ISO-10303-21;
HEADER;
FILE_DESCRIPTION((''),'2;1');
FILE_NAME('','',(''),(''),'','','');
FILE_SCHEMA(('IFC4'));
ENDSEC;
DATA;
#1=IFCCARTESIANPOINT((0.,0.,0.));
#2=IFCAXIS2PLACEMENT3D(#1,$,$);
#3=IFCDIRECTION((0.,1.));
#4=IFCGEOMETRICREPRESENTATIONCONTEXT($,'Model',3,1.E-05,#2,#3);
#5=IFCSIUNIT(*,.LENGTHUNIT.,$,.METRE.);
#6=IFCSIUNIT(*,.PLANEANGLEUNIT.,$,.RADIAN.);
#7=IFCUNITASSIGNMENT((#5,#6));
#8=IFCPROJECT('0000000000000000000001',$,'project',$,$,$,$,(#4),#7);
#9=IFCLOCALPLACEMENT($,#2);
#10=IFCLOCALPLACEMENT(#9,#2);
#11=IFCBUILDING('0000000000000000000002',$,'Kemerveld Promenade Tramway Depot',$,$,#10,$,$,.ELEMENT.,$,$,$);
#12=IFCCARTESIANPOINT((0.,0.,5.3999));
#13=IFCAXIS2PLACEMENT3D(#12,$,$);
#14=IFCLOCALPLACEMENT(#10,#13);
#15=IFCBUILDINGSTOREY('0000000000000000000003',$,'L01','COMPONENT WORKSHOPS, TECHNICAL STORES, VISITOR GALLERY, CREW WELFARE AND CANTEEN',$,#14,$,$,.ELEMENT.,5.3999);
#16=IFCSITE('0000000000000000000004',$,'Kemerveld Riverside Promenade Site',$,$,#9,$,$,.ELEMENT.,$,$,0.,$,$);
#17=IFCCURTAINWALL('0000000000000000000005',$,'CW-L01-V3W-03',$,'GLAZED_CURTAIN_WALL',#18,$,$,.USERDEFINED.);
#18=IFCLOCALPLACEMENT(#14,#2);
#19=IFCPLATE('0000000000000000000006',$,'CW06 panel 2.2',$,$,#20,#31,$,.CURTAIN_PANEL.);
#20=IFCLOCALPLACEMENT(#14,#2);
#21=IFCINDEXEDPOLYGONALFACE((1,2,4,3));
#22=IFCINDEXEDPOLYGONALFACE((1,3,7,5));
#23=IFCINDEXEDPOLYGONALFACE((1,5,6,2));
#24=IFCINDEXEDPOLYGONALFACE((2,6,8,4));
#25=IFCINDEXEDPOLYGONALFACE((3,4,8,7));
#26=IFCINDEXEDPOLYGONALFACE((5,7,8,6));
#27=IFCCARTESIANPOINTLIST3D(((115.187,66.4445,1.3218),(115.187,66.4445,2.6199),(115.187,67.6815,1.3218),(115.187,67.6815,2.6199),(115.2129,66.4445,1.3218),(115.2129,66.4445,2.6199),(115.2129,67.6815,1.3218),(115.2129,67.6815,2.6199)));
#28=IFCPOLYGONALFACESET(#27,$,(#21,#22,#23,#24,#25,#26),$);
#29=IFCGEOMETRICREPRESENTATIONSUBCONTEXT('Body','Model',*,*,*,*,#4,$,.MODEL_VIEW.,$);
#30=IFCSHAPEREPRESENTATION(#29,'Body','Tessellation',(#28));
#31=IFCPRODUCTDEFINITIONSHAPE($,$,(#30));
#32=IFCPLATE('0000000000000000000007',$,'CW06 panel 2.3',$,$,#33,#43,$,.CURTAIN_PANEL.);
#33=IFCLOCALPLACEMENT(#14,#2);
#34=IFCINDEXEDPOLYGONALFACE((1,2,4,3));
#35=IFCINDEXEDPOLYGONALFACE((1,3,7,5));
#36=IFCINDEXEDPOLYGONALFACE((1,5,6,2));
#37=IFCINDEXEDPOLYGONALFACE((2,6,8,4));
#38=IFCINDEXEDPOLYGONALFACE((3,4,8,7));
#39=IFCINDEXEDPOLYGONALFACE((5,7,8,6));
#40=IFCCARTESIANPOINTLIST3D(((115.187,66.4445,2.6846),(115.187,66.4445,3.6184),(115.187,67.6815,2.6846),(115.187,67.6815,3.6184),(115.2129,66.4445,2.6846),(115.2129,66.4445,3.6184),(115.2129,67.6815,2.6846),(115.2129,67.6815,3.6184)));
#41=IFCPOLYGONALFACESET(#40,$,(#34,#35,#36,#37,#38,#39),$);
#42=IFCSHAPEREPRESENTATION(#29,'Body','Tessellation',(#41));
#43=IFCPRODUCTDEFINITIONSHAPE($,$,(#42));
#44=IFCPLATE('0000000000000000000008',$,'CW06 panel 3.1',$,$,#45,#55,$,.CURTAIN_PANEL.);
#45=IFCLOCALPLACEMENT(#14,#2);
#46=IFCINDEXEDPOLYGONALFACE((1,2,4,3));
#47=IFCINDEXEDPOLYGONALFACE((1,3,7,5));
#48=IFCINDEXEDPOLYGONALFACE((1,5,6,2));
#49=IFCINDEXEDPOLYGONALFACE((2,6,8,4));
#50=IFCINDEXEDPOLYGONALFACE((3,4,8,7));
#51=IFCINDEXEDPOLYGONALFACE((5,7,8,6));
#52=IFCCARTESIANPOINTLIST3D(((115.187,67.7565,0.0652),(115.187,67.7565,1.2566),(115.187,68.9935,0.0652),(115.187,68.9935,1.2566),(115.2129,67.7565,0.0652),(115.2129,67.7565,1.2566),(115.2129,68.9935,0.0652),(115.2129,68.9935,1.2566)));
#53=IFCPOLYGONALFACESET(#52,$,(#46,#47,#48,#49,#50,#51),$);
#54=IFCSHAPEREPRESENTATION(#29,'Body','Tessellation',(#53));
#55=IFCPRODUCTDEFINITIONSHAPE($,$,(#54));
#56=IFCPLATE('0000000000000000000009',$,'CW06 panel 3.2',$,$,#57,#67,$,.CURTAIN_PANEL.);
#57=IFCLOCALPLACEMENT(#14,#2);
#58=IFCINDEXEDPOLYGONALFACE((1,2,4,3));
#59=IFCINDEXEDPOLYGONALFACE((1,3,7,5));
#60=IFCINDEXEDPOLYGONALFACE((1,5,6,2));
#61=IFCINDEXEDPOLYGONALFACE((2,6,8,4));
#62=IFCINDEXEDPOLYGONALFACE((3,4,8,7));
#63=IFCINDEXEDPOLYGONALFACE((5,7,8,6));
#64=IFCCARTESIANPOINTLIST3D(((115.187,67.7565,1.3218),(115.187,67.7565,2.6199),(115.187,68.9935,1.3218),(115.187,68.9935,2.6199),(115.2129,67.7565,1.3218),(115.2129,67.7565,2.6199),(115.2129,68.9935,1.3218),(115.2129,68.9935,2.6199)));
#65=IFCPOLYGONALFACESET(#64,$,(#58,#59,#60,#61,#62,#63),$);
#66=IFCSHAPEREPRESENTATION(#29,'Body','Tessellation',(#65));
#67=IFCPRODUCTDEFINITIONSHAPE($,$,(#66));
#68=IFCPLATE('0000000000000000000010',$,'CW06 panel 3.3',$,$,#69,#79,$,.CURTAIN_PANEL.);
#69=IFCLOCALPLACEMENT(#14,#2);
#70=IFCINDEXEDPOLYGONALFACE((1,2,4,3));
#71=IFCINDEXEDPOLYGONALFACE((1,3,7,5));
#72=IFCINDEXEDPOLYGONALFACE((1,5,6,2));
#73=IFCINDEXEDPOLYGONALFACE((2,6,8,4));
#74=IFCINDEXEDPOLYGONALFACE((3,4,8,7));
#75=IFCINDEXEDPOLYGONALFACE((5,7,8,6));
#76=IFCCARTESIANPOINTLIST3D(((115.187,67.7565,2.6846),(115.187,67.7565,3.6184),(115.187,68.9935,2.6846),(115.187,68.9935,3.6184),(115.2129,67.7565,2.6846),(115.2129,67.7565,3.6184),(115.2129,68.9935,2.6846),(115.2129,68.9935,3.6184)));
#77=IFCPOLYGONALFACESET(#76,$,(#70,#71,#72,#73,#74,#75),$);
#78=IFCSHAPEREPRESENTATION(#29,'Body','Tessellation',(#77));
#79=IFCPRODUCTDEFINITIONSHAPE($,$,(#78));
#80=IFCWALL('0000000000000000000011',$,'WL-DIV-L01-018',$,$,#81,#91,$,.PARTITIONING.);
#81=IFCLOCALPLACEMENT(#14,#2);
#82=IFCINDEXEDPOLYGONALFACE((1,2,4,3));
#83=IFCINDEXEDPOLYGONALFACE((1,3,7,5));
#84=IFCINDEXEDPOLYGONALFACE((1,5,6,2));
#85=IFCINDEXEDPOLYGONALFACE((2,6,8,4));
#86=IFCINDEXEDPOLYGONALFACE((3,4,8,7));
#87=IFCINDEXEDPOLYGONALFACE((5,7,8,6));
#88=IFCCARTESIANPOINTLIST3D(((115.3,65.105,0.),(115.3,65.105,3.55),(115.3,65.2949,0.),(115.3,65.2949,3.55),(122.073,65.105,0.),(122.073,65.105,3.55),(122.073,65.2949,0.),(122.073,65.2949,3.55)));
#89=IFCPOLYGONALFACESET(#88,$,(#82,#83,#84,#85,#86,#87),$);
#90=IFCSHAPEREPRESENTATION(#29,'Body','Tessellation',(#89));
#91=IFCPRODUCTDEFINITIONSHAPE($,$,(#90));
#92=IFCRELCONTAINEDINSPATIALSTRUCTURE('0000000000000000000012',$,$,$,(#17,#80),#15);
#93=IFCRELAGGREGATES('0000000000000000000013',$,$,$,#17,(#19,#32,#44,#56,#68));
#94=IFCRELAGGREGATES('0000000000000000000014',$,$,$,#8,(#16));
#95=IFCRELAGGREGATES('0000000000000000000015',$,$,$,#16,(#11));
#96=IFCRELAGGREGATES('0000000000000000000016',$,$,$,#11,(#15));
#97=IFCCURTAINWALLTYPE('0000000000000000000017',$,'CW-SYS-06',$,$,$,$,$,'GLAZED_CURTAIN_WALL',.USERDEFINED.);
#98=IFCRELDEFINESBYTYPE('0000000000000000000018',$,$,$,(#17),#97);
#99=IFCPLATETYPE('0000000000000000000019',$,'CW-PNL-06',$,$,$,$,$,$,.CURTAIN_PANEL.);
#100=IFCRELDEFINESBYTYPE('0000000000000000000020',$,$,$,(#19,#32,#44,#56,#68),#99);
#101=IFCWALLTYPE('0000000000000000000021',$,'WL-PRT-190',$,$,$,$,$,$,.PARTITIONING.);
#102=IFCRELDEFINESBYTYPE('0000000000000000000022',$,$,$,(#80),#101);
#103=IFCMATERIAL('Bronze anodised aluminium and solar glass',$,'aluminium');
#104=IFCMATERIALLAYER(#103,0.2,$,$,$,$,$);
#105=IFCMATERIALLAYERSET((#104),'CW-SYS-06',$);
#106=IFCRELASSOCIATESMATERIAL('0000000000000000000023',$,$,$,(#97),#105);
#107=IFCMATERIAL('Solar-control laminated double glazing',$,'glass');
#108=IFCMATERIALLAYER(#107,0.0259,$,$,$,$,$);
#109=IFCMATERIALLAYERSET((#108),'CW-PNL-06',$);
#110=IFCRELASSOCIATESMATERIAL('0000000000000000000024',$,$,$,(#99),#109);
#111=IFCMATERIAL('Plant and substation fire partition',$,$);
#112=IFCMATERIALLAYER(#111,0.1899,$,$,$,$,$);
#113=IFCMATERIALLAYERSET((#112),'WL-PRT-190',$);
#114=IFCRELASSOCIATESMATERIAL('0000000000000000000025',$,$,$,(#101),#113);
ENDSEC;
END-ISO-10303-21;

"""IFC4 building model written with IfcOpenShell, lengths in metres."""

from ifc_helpers import new_model, si_unit, direction, frame, frame_2d, origin, origin_2d, place, context, subcontext, project, spatial, rectangle, extrude, material, layer, layer_set, type_object, element, aggregate, save


model = new_model("IFC4")

# Units and contexts
model_context = context("Model", 3, precision=1e-05, world=origin(), true_north=direction((0.0, 1.0)))
body_context = subcontext(model_context, "Body", "Model", "MODEL_VIEW")
ifc_project = project(units=[si_unit("LENGTHUNIT", "METRE"), si_unit("PLANEANGLEUNIT", "RADIAN")], contexts=[model_context])

# Site, building, storey
site_placement = place(None, origin())
site = spatial("IfcSite", under=ifc_project, at=site_placement, Name="Kemerveld Riverside Promenade Site", CompositionType="ELEMENT", RefElevation=0.0)
building_placement = place(site_placement, origin())
building = spatial("IfcBuilding", under=site, at=building_placement, Name="Kemerveld Promenade Tramway Depot", CompositionType="ELEMENT")
storey_placement = place(building_placement, frame((0.0, 0.0, 5.3999)))
storey = spatial("IfcBuildingStorey", under=building, at=storey_placement, Name="L01", Description="COMPONENT WORKSHOPS, TECHNICAL STORES, VISITOR GALLERY, CREW WELFARE AND CANTEEN", CompositionType="ELEMENT", Elevation=5.3999)

# Curtain wall, plates
ifc_material_1 = material(Name="Bronze anodised aluminium and solar glass", Category="aluminium")
ifc_layer_1 = layer(ifc_material_1, 0.2)
ifc_layer_set_1 = layer_set([ifc_layer_1], Name="CW-SYS-06")
curtain_wall_type = type_object("IfcCurtainWallType", Name="CW-SYS-06", ElementType="GLAZED_CURTAIN_WALL", PredefinedType="USERDEFINED", material=ifc_layer_set_1)
curtain_wall_placement = place(storey_placement, origin())
curtain_wall = element("IfcCurtainWall", 1, at=curtain_wall_placement, inside=storey, type_object=curtain_wall_type, Name="CW-L01-V3W-03", ObjectType="GLAZED_CURTAIN_WALL", PredefinedType="USERDEFINED")
ifc_material_2 = material(Name="Solar-control laminated double glazing", Category="glass")
ifc_layer_2 = layer(ifc_material_2, 0.0259)
ifc_layer_set_2 = layer_set([ifc_layer_2], Name="CW-PNL-06")
plate_type = type_object("IfcPlateType", Name="CW-PNL-06", PredefinedType="CURTAIN_PANEL", material=ifc_layer_set_2)
plate_1_placement = place(storey_placement, frame((115.2, 67.063, 1.3218), z_axis=(0.0, 0.0, 1.0), x_axis=(0.0, 1.0, 0.0)))
plate_1 = element("IfcPlate", 2, at=plate_1_placement, type_object=plate_type, Name="CW06 panel 2.2", PredefinedType="CURTAIN_PANEL", context=body_context, shape_type="SweptSolid", body=[
    extrude(rectangle(XDim=1.2371, YDim=0.0259, at=origin_2d()), origin(), (0.0, 0.0, 1.0), 1.2981),
])
plate_2_placement = place(storey_placement, frame((115.2, 67.063, 2.6846), z_axis=(0.0, 0.0, 1.0), x_axis=(0.0, 1.0, 0.0)))
plate_2 = element("IfcPlate", 3, at=plate_2_placement, type_object=plate_type, Name="CW06 panel 2.3", PredefinedType="CURTAIN_PANEL", context=body_context, shape_type="SweptSolid", body=[
    extrude(rectangle(XDim=1.2371, YDim=0.0259, at=origin_2d()), origin(), (0.0, 0.0, 1.0), 0.9338),
])
plate_3_placement = place(storey_placement, frame((115.2, 68.375, 0.0652), z_axis=(0.0, 0.0, 1.0), x_axis=(0.0, 1.0, 0.0)))
plate_3 = element("IfcPlate", 4, at=plate_3_placement, type_object=plate_type, Name="CW06 panel 3.1", PredefinedType="CURTAIN_PANEL", context=body_context, shape_type="SweptSolid", body=[
    extrude(rectangle(XDim=1.2371, YDim=0.0259, at=origin_2d()), origin(), (0.0, 0.0, 1.0), 1.1914),
])
plate_4_placement = place(storey_placement, frame((115.2, 68.375, 1.3218), z_axis=(0.0, 0.0, 1.0), x_axis=(0.0, 1.0, 0.0)))
plate_4 = element("IfcPlate", 5, at=plate_4_placement, type_object=plate_type, Name="CW06 panel 3.2", PredefinedType="CURTAIN_PANEL", context=body_context, shape_type="SweptSolid", body=[
    extrude(rectangle(XDim=1.2371, YDim=0.0259, at=origin_2d()), origin(), (0.0, 0.0, 1.0), 1.2981),
])
plate_5_placement = place(storey_placement, frame((115.2, 68.375, 2.6846), z_axis=(0.0, 0.0, 1.0), x_axis=(0.0, 1.0, 0.0)))
plate_5 = element("IfcPlate", 6, at=plate_5_placement, type_object=plate_type, Name="CW06 panel 3.3", PredefinedType="CURTAIN_PANEL", context=body_context, shape_type="SweptSolid", body=[
    extrude(rectangle(XDim=1.2371, YDim=0.0259, at=origin_2d()), origin(), (0.0, 0.0, 1.0), 0.9338),
])
aggregate(curtain_wall, [plate_1, plate_2, plate_3, plate_4, plate_5])

# Wall
ifc_material_3 = material(Name="Plant and substation fire partition")
ifc_layer_3 = layer(ifc_material_3, 0.1899)
ifc_layer_set_3 = layer_set([ifc_layer_3], Name="WL-PRT-190")
wall_type = type_object("IfcWallType", Name="WL-PRT-190", PredefinedType="PARTITIONING", material=ifc_layer_set_3)
wall_placement = place(storey_placement, frame((115.3, 65.2, 0.0), z_axis=(0.0, 0.0, 1.0), x_axis=(1.0, 0.0, 0.0)))
element("IfcWall", 7, at=wall_placement, inside=storey, type_object=wall_type, Name="WL-DIV-L01-018", PredefinedType="PARTITIONING", context=body_context, shape_type="SweptSolid", body=[
    extrude(rectangle(XDim=6.7729, YDim=0.1899, at=frame_2d((3.3865, 0.0))), origin(), (0.0, 0.0, 1.0), 3.55),
])

save(model, "model.ifc")
